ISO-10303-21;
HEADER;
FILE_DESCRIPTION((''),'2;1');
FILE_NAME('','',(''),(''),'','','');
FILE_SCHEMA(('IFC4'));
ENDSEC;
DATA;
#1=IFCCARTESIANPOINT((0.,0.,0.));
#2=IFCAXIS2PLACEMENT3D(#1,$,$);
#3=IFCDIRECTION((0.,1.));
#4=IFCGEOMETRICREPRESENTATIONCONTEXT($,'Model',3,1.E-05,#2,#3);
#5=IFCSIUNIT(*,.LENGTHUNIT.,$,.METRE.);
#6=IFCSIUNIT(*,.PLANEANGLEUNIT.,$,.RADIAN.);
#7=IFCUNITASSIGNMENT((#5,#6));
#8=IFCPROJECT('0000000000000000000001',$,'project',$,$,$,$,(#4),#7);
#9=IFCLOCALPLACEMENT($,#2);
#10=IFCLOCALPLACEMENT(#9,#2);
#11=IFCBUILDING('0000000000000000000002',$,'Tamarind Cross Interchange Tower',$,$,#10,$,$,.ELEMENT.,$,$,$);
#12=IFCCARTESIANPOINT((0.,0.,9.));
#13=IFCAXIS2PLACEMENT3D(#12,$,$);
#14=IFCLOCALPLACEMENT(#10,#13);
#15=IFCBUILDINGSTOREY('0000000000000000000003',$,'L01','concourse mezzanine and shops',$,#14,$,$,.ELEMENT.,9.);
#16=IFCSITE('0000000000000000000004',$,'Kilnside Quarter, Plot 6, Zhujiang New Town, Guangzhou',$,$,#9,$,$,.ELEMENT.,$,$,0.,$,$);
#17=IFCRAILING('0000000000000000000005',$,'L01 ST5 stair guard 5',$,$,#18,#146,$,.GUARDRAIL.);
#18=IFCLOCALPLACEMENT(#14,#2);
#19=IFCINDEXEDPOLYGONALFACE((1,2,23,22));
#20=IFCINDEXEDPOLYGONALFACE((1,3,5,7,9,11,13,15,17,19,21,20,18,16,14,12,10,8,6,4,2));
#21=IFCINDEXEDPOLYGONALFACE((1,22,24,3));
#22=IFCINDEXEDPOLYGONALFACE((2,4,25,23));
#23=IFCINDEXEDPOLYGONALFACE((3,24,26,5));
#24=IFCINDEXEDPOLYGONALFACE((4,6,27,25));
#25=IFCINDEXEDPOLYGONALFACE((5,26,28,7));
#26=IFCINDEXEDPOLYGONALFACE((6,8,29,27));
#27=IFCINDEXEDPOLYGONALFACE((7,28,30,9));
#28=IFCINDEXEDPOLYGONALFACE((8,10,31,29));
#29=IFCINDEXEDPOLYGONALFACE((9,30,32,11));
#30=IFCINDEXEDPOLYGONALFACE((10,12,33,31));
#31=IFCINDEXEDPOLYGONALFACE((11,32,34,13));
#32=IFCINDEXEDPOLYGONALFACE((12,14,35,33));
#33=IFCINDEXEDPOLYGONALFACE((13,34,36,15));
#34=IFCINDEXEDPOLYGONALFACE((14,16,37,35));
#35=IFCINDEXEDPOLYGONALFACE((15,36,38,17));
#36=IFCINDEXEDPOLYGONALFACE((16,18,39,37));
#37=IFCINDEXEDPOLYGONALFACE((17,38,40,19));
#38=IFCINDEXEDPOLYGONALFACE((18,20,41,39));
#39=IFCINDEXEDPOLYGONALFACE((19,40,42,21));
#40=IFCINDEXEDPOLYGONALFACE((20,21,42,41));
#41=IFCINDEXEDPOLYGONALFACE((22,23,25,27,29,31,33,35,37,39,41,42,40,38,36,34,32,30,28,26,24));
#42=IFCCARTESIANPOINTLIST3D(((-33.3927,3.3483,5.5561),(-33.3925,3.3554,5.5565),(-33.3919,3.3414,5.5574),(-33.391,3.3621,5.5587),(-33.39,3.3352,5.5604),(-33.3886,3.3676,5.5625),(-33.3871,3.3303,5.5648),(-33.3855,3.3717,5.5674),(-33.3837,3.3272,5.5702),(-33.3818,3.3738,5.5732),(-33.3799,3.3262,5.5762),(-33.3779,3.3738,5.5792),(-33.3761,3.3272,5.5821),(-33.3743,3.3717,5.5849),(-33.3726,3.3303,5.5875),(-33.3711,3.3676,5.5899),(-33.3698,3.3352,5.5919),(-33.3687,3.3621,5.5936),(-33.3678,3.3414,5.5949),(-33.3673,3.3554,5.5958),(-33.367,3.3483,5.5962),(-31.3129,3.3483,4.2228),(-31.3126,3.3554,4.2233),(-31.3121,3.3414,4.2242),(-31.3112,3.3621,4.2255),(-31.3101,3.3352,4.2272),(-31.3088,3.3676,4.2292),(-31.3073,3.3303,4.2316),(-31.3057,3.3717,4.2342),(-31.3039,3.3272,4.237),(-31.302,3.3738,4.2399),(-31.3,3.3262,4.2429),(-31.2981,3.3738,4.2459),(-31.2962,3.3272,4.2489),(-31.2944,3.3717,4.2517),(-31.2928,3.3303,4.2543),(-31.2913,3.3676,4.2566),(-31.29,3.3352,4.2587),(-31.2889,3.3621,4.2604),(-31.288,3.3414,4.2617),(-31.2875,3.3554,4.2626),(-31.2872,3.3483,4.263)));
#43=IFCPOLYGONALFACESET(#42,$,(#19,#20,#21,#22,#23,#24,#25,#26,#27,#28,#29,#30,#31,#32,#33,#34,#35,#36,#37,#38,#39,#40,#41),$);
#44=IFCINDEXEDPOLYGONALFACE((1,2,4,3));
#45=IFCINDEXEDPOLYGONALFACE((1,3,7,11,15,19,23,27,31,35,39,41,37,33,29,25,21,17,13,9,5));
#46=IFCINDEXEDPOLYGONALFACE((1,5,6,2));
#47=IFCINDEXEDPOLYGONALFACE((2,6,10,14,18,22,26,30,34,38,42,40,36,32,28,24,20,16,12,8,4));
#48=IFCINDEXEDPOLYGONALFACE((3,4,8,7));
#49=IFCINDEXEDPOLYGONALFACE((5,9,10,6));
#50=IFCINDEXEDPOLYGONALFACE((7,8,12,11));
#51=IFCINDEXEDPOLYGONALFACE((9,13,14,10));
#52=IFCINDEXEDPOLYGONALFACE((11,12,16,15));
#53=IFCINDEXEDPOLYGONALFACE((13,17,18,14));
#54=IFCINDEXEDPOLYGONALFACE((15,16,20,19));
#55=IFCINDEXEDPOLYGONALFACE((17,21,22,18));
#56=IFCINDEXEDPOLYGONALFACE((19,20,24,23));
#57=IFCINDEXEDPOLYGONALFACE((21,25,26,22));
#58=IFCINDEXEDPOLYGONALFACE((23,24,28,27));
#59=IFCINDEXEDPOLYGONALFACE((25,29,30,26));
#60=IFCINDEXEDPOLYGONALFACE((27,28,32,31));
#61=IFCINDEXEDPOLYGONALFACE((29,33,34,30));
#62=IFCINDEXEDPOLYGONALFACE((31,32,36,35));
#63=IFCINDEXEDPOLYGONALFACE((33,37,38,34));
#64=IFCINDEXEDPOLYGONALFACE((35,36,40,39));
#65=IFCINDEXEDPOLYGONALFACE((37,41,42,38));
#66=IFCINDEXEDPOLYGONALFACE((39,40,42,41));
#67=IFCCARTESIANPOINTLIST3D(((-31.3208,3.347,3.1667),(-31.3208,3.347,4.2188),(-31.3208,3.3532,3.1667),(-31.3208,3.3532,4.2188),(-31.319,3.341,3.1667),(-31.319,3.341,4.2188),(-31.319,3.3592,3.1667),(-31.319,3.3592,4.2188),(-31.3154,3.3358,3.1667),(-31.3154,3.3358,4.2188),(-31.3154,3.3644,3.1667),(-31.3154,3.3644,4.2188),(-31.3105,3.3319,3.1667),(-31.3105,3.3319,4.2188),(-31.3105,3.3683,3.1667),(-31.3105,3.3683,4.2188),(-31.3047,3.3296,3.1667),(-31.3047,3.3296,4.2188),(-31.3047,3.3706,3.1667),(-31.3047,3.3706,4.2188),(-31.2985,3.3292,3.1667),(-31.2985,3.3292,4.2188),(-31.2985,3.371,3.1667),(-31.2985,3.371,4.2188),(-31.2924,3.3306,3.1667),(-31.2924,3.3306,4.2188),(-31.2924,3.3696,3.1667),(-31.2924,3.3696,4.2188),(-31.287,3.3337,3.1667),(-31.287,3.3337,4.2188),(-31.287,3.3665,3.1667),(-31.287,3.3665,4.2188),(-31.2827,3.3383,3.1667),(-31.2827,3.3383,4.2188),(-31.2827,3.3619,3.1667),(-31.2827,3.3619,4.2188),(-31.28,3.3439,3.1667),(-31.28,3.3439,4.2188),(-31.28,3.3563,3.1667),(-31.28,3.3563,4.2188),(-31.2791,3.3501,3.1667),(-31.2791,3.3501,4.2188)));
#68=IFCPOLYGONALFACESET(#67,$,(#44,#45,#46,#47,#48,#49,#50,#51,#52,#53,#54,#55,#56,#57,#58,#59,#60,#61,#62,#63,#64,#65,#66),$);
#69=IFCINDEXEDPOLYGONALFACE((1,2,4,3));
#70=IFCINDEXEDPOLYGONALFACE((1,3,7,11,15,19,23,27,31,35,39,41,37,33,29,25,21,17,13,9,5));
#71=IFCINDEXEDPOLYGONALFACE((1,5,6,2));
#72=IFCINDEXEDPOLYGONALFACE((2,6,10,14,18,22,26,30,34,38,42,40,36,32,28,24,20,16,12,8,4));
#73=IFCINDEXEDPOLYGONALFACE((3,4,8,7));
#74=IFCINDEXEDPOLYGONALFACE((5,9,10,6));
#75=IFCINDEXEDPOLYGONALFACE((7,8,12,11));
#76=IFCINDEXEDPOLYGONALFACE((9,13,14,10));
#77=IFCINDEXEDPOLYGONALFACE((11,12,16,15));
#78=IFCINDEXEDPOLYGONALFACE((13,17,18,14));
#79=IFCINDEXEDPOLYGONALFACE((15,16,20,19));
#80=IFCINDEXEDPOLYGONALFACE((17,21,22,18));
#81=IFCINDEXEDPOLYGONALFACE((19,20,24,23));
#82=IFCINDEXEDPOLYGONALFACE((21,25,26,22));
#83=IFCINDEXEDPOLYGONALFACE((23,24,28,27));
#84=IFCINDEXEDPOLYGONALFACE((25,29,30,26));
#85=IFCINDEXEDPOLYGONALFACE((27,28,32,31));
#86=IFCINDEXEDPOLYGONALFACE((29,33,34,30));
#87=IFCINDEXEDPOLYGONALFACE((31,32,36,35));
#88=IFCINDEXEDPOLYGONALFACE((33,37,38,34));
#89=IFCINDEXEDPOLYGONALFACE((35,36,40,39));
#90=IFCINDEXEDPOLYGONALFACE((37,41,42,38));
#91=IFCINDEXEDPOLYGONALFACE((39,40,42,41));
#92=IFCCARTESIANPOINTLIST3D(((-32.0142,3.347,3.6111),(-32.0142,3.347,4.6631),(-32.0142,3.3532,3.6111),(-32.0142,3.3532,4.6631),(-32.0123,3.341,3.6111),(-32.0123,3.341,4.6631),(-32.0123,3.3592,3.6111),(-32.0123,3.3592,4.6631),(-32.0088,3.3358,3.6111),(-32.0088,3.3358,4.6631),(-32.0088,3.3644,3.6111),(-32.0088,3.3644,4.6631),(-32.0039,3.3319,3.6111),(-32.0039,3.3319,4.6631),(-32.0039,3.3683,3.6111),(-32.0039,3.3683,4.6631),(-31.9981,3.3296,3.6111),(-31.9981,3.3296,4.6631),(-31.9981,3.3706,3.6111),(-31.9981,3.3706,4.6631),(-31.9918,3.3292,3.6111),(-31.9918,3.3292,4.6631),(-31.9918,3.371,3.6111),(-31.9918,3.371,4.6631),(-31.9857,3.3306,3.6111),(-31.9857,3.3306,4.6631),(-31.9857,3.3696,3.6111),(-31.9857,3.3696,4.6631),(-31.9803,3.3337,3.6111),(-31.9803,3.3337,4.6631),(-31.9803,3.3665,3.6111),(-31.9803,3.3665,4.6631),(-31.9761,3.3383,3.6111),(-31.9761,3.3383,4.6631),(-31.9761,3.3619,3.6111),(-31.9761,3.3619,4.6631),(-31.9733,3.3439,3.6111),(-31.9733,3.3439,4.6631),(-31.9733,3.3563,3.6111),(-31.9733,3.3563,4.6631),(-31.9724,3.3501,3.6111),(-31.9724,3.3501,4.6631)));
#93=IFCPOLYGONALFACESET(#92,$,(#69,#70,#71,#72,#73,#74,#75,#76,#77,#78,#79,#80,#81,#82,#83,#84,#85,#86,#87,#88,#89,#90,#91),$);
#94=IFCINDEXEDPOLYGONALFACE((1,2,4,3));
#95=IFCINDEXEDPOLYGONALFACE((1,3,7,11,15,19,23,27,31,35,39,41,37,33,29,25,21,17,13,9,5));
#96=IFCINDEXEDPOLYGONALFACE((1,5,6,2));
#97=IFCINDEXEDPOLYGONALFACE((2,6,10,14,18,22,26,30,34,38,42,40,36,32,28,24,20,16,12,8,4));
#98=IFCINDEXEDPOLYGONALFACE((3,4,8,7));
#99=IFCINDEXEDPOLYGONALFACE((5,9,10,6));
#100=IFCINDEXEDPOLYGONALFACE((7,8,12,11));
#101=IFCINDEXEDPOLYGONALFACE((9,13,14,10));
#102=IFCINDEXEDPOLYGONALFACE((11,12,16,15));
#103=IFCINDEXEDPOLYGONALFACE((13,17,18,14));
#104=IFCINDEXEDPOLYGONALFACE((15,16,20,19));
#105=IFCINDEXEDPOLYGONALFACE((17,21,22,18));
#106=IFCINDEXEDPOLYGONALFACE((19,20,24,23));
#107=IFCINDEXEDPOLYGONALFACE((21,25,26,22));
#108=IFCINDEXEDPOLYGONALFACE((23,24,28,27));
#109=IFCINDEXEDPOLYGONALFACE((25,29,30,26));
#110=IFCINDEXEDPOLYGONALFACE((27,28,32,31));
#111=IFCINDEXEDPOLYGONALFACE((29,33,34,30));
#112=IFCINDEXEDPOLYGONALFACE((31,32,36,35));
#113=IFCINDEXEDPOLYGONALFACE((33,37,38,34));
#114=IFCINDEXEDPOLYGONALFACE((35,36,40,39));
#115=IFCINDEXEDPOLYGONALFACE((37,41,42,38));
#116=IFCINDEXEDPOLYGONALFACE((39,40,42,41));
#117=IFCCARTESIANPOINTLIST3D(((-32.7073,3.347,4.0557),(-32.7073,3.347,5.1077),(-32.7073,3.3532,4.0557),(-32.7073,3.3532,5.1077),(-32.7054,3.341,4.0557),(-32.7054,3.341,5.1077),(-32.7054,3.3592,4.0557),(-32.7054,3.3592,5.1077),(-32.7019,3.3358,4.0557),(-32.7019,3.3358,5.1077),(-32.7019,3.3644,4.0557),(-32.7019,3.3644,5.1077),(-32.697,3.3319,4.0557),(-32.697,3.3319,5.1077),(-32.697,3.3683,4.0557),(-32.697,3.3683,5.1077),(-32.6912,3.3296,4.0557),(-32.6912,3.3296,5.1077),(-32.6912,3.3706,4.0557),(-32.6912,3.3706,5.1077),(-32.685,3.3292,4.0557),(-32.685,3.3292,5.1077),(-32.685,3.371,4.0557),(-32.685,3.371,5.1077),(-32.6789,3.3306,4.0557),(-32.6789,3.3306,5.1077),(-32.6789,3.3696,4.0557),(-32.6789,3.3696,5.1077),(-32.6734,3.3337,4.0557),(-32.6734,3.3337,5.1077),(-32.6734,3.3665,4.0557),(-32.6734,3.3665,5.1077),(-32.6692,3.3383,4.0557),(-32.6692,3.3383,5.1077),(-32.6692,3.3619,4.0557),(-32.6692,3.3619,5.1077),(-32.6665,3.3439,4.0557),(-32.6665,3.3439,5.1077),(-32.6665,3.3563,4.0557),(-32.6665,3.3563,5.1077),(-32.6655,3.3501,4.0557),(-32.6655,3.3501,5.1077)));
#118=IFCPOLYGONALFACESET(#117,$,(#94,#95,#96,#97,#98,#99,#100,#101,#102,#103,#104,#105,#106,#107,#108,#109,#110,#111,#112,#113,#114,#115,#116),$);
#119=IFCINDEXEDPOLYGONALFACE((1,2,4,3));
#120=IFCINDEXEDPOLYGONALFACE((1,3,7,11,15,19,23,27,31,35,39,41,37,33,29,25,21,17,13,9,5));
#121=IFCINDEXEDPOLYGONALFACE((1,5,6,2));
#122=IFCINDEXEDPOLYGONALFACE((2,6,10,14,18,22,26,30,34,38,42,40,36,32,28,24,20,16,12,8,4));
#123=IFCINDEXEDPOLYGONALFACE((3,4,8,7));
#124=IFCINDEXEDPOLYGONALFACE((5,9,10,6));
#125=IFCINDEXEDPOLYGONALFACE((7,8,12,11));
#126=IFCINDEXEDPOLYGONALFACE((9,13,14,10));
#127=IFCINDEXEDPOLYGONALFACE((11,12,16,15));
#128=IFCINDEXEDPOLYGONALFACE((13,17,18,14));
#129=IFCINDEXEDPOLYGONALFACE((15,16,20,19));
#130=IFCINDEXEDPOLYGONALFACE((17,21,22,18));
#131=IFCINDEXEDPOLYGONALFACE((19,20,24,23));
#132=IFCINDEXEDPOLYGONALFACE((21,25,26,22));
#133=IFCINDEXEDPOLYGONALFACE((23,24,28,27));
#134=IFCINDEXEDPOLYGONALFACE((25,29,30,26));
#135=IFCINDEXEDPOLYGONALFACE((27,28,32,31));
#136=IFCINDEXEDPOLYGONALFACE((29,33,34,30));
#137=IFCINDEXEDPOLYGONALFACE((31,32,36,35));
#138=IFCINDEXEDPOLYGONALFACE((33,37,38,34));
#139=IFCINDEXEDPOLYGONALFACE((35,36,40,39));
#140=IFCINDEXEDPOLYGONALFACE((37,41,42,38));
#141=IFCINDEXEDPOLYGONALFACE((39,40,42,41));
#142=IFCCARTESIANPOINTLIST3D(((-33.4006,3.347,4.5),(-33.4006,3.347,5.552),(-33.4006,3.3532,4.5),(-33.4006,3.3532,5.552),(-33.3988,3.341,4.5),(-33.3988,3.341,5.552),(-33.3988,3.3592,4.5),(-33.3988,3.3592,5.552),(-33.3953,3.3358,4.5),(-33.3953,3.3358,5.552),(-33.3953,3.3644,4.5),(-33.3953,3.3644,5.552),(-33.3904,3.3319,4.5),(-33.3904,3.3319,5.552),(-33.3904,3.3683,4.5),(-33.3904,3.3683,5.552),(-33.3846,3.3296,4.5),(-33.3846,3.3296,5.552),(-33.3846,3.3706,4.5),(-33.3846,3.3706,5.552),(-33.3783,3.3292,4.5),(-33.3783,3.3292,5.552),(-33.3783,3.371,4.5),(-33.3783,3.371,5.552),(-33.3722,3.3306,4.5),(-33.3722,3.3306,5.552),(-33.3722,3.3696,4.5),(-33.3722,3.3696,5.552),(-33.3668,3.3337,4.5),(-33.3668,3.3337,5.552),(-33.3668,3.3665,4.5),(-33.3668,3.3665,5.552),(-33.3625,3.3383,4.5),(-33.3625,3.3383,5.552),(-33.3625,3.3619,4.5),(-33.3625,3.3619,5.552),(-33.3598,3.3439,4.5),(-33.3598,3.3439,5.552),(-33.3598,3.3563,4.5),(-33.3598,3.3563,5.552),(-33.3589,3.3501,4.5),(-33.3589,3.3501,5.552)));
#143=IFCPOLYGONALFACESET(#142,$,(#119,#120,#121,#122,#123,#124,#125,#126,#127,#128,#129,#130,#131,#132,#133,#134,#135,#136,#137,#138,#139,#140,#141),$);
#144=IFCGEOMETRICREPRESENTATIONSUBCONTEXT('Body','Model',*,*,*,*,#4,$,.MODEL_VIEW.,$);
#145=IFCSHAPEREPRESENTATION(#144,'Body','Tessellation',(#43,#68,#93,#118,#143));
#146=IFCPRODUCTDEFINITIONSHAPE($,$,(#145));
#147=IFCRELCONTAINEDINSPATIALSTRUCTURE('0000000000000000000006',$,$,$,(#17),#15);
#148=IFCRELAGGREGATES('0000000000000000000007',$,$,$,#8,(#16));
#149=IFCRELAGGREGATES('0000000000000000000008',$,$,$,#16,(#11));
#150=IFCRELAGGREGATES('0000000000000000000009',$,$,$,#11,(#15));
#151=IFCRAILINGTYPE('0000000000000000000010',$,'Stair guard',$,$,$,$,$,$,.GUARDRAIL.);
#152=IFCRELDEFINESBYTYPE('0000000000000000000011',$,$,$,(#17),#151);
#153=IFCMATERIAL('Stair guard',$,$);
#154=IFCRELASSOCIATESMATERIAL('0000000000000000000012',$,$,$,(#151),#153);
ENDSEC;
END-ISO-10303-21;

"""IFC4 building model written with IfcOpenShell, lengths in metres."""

from ifc_helpers import new_model, si_unit, direction, frame, origin, origin_2d, place, context, subcontext, project, spatial, circle, extrude, material, type_object, element, save


model = new_model("IFC4")

# Units and contexts
model_context = context("Model", 3, precision=1e-05, world=origin(), true_north=direction((0.0, 1.0)))
body_context = subcontext(model_context, "Body", "Model", "MODEL_VIEW")
ifc_project = project(units=[si_unit("LENGTHUNIT", "METRE"), si_unit("PLANEANGLEUNIT", "RADIAN")], contexts=[model_context])

# Site, building, storey
site_placement = place(None, origin())
site = spatial("IfcSite", under=ifc_project, at=site_placement, Name="Kilnside Quarter, Plot 6, Zhujiang New Town, Guangzhou", CompositionType="ELEMENT", RefElevation=0.0)
building_placement = place(site_placement, origin())
building = spatial("IfcBuilding", under=site, at=building_placement, Name="Tamarind Cross Interchange Tower", CompositionType="ELEMENT")
storey_placement = place(building_placement, frame((0.0, 0.0, 9.0)))
storey = spatial("IfcBuildingStorey", under=building, at=storey_placement, Name="L01", Description="concourse mezzanine and shops", CompositionType="ELEMENT", Elevation=9.0)

# Railing
ifc_material_1 = material(Name="Stair guard")
railing_type_1 = type_object("IfcRailingType", Name="Stair guard", PredefinedType="GUARDRAIL", material=ifc_material_1)
railing_1_placement = place(storey_placement, frame((-31.3, 3.3501, 3.1667)))
element("IfcRailing", 1, at=railing_1_placement, inside=storey, type_object=railing_type_1, Name="L01 ST5 stair guard 5", PredefinedType="GUARDRAIL", context=body_context, shape_type="SweptSolid", body=[
    extrude(circle(Radius=0.0239, at=origin_2d()), frame((0.0, 0.0, 1.0762), z_axis=(-0.841875, 0.0, 0.539673), x_axis=(0.0, -1.0, 0.0)), (0.0, 0.0, 1.0), 2.4705),
    extrude(circle(Radius=0.021, at=origin_2d()), origin(), (0.0, 0.0, 1.0), 1.052),
    extrude(circle(Radius=0.021, at=origin_2d()), frame((-0.6934, 0.0, 0.4443)), (0.0, 0.0, 1.0), 1.052),
    extrude(circle(Radius=0.021, at=origin_2d()), frame((-1.3865, 0.0, 0.8889)), (0.0, 0.0, 1.0), 1.052),
    extrude(circle(Radius=0.021, at=origin_2d()), frame((-2.0798, 0.0, 1.3333)), (0.0, 0.0, 1.0), 1.052),
])

save(model, "model.ifc")
